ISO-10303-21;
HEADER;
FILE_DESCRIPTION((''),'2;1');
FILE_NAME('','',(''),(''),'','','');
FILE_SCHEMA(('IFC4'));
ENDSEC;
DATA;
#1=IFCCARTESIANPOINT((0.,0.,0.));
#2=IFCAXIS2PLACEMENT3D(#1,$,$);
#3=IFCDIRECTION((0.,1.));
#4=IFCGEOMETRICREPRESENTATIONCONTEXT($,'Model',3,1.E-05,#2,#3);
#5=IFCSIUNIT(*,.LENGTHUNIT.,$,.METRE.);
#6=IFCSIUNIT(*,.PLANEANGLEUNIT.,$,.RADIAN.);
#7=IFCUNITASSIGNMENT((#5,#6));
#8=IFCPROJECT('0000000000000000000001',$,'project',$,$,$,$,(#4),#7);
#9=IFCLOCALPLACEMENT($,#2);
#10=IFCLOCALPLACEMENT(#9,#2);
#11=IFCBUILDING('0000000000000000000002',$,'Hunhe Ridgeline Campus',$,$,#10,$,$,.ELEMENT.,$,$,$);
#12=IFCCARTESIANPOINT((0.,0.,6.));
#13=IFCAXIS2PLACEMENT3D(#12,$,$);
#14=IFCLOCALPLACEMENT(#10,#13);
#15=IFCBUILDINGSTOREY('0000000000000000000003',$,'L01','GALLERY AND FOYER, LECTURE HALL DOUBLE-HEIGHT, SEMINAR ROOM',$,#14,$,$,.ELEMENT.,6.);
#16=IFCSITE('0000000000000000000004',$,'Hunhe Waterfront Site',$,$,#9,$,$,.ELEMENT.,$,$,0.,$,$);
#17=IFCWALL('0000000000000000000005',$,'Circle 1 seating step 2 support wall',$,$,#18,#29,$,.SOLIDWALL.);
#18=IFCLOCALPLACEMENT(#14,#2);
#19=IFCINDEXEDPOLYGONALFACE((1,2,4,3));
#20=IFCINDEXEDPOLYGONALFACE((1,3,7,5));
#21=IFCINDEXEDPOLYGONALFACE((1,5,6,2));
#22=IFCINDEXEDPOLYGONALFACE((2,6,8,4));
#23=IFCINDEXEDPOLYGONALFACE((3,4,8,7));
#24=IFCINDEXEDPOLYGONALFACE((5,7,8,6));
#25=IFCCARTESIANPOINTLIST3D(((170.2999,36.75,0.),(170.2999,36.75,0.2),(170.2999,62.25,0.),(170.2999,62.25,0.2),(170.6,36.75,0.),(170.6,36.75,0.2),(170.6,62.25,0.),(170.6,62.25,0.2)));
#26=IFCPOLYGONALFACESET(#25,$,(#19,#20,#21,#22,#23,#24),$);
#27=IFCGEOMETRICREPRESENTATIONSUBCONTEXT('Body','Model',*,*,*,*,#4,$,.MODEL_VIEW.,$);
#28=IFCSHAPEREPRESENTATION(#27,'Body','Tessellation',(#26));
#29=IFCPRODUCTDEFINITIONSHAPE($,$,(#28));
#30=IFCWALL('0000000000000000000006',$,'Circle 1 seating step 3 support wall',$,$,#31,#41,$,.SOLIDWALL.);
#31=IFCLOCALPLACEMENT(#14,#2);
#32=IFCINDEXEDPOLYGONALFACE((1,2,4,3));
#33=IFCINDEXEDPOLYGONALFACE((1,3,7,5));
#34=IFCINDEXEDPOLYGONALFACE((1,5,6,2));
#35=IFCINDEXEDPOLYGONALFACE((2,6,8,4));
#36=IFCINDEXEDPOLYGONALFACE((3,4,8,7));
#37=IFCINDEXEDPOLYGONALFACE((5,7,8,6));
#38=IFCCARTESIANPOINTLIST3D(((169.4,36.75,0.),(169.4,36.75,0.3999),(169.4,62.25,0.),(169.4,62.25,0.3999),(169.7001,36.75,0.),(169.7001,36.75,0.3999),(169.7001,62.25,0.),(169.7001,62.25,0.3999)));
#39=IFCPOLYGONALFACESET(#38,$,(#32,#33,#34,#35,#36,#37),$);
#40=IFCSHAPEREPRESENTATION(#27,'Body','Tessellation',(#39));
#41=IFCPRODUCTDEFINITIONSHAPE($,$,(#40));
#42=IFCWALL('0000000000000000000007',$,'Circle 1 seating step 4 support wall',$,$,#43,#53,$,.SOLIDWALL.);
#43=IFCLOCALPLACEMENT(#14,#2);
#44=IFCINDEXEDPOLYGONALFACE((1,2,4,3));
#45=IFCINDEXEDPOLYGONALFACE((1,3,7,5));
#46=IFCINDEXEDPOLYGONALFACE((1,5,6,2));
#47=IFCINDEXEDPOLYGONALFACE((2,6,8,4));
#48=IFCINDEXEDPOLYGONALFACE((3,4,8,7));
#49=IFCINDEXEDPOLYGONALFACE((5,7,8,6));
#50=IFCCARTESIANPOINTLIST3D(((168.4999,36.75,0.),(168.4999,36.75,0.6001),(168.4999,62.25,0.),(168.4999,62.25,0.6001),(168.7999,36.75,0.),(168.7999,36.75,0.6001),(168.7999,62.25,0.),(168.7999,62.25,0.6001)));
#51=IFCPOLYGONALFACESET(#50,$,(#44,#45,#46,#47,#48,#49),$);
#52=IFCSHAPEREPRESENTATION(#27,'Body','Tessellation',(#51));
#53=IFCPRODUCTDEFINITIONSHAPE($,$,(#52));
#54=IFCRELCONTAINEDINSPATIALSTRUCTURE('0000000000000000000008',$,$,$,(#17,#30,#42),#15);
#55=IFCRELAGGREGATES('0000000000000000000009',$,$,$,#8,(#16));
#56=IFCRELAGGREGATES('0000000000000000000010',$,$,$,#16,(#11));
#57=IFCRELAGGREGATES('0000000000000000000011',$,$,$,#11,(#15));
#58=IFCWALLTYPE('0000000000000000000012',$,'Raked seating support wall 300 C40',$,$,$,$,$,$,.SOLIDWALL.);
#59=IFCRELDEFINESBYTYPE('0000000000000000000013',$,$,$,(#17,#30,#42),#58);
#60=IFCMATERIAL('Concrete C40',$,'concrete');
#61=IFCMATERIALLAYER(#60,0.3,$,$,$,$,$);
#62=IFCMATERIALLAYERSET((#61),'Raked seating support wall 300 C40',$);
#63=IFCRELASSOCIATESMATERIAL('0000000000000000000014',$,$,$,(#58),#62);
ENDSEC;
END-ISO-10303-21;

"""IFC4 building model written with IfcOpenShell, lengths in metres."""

from ifc_helpers import new_model, si_unit, direction, frame, frame_2d, origin, place, context, subcontext, project, spatial, rectangle, extrude, material, layer, layer_set, type_object, element, save


model = new_model("IFC4")

# Units and contexts
model_context = context("Model", 3, precision=1e-05, world=origin(), true_north=direction((0.0, 1.0)))
body_context = subcontext(model_context, "Body", "Model", "MODEL_VIEW")
ifc_project = project(units=[si_unit("LENGTHUNIT", "METRE"), si_unit("PLANEANGLEUNIT", "RADIAN")], contexts=[model_context])

# Site, building, storey
site_placement = place(None, origin())
site = spatial("IfcSite", under=ifc_project, at=site_placement, Name="Hunhe Waterfront Site", CompositionType="ELEMENT", RefElevation=0.0)
building_placement = place(site_placement, origin())
building = spatial("IfcBuilding", under=site, at=building_placement, Name="Hunhe Ridgeline Campus", CompositionType="ELEMENT")
storey_placement = place(building_placement, frame((0.0, 0.0, 6.0)))
storey = spatial("IfcBuildingStorey", under=building, at=storey_placement, Name="L01", Description="GALLERY AND FOYER, LECTURE HALL DOUBLE-HEIGHT, SEMINAR ROOM", CompositionType="ELEMENT", Elevation=6.0)

# Shared definitions
ifc_material_1 = material(Name="Concrete C40", Category="concrete")

# Walls
ifc_layer_1 = layer(ifc_material_1, 0.3)
ifc_layer_set_1 = layer_set([ifc_layer_1], Name="Raked seating support wall 300 C40")
wall_type_1 = type_object("IfcWallType", Name="Raked seating support wall 300 C40", PredefinedType="SOLIDWALL", material=ifc_layer_set_1)
wall_1_placement = place(storey_placement, frame((170.45, 36.75, 0.0), z_axis=(0.0, 0.0, 1.0), x_axis=(0.0, 1.0, 0.0)))
element("IfcWall", 1, at=wall_1_placement, inside=storey, type_object=wall_type_1, Name="Circle 1 seating step 2 support wall", PredefinedType="SOLIDWALL", context=body_context, shape_type="SweptSolid", body=[
    extrude(rectangle(XDim=25.5, YDim=0.3, at=frame_2d((12.75, 0.0))), origin(), (0.0, 0.0, 1.0), 0.2),
])
wall_2_placement = place(storey_placement, frame((169.55, 36.75, 0.0), z_axis=(0.0, 0.0, 1.0), x_axis=(0.0, 1.0, 0.0)))
element("IfcWall", 2, at=wall_2_placement, inside=storey, type_object=wall_type_1, Name="Circle 1 seating step 3 support wall", PredefinedType="SOLIDWALL", context=body_context, shape_type="SweptSolid", body=[
    extrude(rectangle(XDim=25.5, YDim=0.3, at=frame_2d((12.75, 0.0))), origin(), (0.0, 0.0, 1.0), 0.3999),
])
wall_3_placement = place(storey_placement, frame((168.6499, 36.75, 0.0), z_axis=(0.0, 0.0, 1.0), x_axis=(0.0, 1.0, 0.0)))
element("IfcWall", 3, at=wall_3_placement, inside=storey, type_object=wall_type_1, Name="Circle 1 seating step 4 support wall", PredefinedType="SOLIDWALL", context=body_context, shape_type="SweptSolid", body=[
    extrude(rectangle(XDim=25.5, YDim=0.3, at=frame_2d((12.75, 0.0))), origin(), (0.0, 0.0, 1.0), 0.6001),
])

save(model, "model.ifc")
